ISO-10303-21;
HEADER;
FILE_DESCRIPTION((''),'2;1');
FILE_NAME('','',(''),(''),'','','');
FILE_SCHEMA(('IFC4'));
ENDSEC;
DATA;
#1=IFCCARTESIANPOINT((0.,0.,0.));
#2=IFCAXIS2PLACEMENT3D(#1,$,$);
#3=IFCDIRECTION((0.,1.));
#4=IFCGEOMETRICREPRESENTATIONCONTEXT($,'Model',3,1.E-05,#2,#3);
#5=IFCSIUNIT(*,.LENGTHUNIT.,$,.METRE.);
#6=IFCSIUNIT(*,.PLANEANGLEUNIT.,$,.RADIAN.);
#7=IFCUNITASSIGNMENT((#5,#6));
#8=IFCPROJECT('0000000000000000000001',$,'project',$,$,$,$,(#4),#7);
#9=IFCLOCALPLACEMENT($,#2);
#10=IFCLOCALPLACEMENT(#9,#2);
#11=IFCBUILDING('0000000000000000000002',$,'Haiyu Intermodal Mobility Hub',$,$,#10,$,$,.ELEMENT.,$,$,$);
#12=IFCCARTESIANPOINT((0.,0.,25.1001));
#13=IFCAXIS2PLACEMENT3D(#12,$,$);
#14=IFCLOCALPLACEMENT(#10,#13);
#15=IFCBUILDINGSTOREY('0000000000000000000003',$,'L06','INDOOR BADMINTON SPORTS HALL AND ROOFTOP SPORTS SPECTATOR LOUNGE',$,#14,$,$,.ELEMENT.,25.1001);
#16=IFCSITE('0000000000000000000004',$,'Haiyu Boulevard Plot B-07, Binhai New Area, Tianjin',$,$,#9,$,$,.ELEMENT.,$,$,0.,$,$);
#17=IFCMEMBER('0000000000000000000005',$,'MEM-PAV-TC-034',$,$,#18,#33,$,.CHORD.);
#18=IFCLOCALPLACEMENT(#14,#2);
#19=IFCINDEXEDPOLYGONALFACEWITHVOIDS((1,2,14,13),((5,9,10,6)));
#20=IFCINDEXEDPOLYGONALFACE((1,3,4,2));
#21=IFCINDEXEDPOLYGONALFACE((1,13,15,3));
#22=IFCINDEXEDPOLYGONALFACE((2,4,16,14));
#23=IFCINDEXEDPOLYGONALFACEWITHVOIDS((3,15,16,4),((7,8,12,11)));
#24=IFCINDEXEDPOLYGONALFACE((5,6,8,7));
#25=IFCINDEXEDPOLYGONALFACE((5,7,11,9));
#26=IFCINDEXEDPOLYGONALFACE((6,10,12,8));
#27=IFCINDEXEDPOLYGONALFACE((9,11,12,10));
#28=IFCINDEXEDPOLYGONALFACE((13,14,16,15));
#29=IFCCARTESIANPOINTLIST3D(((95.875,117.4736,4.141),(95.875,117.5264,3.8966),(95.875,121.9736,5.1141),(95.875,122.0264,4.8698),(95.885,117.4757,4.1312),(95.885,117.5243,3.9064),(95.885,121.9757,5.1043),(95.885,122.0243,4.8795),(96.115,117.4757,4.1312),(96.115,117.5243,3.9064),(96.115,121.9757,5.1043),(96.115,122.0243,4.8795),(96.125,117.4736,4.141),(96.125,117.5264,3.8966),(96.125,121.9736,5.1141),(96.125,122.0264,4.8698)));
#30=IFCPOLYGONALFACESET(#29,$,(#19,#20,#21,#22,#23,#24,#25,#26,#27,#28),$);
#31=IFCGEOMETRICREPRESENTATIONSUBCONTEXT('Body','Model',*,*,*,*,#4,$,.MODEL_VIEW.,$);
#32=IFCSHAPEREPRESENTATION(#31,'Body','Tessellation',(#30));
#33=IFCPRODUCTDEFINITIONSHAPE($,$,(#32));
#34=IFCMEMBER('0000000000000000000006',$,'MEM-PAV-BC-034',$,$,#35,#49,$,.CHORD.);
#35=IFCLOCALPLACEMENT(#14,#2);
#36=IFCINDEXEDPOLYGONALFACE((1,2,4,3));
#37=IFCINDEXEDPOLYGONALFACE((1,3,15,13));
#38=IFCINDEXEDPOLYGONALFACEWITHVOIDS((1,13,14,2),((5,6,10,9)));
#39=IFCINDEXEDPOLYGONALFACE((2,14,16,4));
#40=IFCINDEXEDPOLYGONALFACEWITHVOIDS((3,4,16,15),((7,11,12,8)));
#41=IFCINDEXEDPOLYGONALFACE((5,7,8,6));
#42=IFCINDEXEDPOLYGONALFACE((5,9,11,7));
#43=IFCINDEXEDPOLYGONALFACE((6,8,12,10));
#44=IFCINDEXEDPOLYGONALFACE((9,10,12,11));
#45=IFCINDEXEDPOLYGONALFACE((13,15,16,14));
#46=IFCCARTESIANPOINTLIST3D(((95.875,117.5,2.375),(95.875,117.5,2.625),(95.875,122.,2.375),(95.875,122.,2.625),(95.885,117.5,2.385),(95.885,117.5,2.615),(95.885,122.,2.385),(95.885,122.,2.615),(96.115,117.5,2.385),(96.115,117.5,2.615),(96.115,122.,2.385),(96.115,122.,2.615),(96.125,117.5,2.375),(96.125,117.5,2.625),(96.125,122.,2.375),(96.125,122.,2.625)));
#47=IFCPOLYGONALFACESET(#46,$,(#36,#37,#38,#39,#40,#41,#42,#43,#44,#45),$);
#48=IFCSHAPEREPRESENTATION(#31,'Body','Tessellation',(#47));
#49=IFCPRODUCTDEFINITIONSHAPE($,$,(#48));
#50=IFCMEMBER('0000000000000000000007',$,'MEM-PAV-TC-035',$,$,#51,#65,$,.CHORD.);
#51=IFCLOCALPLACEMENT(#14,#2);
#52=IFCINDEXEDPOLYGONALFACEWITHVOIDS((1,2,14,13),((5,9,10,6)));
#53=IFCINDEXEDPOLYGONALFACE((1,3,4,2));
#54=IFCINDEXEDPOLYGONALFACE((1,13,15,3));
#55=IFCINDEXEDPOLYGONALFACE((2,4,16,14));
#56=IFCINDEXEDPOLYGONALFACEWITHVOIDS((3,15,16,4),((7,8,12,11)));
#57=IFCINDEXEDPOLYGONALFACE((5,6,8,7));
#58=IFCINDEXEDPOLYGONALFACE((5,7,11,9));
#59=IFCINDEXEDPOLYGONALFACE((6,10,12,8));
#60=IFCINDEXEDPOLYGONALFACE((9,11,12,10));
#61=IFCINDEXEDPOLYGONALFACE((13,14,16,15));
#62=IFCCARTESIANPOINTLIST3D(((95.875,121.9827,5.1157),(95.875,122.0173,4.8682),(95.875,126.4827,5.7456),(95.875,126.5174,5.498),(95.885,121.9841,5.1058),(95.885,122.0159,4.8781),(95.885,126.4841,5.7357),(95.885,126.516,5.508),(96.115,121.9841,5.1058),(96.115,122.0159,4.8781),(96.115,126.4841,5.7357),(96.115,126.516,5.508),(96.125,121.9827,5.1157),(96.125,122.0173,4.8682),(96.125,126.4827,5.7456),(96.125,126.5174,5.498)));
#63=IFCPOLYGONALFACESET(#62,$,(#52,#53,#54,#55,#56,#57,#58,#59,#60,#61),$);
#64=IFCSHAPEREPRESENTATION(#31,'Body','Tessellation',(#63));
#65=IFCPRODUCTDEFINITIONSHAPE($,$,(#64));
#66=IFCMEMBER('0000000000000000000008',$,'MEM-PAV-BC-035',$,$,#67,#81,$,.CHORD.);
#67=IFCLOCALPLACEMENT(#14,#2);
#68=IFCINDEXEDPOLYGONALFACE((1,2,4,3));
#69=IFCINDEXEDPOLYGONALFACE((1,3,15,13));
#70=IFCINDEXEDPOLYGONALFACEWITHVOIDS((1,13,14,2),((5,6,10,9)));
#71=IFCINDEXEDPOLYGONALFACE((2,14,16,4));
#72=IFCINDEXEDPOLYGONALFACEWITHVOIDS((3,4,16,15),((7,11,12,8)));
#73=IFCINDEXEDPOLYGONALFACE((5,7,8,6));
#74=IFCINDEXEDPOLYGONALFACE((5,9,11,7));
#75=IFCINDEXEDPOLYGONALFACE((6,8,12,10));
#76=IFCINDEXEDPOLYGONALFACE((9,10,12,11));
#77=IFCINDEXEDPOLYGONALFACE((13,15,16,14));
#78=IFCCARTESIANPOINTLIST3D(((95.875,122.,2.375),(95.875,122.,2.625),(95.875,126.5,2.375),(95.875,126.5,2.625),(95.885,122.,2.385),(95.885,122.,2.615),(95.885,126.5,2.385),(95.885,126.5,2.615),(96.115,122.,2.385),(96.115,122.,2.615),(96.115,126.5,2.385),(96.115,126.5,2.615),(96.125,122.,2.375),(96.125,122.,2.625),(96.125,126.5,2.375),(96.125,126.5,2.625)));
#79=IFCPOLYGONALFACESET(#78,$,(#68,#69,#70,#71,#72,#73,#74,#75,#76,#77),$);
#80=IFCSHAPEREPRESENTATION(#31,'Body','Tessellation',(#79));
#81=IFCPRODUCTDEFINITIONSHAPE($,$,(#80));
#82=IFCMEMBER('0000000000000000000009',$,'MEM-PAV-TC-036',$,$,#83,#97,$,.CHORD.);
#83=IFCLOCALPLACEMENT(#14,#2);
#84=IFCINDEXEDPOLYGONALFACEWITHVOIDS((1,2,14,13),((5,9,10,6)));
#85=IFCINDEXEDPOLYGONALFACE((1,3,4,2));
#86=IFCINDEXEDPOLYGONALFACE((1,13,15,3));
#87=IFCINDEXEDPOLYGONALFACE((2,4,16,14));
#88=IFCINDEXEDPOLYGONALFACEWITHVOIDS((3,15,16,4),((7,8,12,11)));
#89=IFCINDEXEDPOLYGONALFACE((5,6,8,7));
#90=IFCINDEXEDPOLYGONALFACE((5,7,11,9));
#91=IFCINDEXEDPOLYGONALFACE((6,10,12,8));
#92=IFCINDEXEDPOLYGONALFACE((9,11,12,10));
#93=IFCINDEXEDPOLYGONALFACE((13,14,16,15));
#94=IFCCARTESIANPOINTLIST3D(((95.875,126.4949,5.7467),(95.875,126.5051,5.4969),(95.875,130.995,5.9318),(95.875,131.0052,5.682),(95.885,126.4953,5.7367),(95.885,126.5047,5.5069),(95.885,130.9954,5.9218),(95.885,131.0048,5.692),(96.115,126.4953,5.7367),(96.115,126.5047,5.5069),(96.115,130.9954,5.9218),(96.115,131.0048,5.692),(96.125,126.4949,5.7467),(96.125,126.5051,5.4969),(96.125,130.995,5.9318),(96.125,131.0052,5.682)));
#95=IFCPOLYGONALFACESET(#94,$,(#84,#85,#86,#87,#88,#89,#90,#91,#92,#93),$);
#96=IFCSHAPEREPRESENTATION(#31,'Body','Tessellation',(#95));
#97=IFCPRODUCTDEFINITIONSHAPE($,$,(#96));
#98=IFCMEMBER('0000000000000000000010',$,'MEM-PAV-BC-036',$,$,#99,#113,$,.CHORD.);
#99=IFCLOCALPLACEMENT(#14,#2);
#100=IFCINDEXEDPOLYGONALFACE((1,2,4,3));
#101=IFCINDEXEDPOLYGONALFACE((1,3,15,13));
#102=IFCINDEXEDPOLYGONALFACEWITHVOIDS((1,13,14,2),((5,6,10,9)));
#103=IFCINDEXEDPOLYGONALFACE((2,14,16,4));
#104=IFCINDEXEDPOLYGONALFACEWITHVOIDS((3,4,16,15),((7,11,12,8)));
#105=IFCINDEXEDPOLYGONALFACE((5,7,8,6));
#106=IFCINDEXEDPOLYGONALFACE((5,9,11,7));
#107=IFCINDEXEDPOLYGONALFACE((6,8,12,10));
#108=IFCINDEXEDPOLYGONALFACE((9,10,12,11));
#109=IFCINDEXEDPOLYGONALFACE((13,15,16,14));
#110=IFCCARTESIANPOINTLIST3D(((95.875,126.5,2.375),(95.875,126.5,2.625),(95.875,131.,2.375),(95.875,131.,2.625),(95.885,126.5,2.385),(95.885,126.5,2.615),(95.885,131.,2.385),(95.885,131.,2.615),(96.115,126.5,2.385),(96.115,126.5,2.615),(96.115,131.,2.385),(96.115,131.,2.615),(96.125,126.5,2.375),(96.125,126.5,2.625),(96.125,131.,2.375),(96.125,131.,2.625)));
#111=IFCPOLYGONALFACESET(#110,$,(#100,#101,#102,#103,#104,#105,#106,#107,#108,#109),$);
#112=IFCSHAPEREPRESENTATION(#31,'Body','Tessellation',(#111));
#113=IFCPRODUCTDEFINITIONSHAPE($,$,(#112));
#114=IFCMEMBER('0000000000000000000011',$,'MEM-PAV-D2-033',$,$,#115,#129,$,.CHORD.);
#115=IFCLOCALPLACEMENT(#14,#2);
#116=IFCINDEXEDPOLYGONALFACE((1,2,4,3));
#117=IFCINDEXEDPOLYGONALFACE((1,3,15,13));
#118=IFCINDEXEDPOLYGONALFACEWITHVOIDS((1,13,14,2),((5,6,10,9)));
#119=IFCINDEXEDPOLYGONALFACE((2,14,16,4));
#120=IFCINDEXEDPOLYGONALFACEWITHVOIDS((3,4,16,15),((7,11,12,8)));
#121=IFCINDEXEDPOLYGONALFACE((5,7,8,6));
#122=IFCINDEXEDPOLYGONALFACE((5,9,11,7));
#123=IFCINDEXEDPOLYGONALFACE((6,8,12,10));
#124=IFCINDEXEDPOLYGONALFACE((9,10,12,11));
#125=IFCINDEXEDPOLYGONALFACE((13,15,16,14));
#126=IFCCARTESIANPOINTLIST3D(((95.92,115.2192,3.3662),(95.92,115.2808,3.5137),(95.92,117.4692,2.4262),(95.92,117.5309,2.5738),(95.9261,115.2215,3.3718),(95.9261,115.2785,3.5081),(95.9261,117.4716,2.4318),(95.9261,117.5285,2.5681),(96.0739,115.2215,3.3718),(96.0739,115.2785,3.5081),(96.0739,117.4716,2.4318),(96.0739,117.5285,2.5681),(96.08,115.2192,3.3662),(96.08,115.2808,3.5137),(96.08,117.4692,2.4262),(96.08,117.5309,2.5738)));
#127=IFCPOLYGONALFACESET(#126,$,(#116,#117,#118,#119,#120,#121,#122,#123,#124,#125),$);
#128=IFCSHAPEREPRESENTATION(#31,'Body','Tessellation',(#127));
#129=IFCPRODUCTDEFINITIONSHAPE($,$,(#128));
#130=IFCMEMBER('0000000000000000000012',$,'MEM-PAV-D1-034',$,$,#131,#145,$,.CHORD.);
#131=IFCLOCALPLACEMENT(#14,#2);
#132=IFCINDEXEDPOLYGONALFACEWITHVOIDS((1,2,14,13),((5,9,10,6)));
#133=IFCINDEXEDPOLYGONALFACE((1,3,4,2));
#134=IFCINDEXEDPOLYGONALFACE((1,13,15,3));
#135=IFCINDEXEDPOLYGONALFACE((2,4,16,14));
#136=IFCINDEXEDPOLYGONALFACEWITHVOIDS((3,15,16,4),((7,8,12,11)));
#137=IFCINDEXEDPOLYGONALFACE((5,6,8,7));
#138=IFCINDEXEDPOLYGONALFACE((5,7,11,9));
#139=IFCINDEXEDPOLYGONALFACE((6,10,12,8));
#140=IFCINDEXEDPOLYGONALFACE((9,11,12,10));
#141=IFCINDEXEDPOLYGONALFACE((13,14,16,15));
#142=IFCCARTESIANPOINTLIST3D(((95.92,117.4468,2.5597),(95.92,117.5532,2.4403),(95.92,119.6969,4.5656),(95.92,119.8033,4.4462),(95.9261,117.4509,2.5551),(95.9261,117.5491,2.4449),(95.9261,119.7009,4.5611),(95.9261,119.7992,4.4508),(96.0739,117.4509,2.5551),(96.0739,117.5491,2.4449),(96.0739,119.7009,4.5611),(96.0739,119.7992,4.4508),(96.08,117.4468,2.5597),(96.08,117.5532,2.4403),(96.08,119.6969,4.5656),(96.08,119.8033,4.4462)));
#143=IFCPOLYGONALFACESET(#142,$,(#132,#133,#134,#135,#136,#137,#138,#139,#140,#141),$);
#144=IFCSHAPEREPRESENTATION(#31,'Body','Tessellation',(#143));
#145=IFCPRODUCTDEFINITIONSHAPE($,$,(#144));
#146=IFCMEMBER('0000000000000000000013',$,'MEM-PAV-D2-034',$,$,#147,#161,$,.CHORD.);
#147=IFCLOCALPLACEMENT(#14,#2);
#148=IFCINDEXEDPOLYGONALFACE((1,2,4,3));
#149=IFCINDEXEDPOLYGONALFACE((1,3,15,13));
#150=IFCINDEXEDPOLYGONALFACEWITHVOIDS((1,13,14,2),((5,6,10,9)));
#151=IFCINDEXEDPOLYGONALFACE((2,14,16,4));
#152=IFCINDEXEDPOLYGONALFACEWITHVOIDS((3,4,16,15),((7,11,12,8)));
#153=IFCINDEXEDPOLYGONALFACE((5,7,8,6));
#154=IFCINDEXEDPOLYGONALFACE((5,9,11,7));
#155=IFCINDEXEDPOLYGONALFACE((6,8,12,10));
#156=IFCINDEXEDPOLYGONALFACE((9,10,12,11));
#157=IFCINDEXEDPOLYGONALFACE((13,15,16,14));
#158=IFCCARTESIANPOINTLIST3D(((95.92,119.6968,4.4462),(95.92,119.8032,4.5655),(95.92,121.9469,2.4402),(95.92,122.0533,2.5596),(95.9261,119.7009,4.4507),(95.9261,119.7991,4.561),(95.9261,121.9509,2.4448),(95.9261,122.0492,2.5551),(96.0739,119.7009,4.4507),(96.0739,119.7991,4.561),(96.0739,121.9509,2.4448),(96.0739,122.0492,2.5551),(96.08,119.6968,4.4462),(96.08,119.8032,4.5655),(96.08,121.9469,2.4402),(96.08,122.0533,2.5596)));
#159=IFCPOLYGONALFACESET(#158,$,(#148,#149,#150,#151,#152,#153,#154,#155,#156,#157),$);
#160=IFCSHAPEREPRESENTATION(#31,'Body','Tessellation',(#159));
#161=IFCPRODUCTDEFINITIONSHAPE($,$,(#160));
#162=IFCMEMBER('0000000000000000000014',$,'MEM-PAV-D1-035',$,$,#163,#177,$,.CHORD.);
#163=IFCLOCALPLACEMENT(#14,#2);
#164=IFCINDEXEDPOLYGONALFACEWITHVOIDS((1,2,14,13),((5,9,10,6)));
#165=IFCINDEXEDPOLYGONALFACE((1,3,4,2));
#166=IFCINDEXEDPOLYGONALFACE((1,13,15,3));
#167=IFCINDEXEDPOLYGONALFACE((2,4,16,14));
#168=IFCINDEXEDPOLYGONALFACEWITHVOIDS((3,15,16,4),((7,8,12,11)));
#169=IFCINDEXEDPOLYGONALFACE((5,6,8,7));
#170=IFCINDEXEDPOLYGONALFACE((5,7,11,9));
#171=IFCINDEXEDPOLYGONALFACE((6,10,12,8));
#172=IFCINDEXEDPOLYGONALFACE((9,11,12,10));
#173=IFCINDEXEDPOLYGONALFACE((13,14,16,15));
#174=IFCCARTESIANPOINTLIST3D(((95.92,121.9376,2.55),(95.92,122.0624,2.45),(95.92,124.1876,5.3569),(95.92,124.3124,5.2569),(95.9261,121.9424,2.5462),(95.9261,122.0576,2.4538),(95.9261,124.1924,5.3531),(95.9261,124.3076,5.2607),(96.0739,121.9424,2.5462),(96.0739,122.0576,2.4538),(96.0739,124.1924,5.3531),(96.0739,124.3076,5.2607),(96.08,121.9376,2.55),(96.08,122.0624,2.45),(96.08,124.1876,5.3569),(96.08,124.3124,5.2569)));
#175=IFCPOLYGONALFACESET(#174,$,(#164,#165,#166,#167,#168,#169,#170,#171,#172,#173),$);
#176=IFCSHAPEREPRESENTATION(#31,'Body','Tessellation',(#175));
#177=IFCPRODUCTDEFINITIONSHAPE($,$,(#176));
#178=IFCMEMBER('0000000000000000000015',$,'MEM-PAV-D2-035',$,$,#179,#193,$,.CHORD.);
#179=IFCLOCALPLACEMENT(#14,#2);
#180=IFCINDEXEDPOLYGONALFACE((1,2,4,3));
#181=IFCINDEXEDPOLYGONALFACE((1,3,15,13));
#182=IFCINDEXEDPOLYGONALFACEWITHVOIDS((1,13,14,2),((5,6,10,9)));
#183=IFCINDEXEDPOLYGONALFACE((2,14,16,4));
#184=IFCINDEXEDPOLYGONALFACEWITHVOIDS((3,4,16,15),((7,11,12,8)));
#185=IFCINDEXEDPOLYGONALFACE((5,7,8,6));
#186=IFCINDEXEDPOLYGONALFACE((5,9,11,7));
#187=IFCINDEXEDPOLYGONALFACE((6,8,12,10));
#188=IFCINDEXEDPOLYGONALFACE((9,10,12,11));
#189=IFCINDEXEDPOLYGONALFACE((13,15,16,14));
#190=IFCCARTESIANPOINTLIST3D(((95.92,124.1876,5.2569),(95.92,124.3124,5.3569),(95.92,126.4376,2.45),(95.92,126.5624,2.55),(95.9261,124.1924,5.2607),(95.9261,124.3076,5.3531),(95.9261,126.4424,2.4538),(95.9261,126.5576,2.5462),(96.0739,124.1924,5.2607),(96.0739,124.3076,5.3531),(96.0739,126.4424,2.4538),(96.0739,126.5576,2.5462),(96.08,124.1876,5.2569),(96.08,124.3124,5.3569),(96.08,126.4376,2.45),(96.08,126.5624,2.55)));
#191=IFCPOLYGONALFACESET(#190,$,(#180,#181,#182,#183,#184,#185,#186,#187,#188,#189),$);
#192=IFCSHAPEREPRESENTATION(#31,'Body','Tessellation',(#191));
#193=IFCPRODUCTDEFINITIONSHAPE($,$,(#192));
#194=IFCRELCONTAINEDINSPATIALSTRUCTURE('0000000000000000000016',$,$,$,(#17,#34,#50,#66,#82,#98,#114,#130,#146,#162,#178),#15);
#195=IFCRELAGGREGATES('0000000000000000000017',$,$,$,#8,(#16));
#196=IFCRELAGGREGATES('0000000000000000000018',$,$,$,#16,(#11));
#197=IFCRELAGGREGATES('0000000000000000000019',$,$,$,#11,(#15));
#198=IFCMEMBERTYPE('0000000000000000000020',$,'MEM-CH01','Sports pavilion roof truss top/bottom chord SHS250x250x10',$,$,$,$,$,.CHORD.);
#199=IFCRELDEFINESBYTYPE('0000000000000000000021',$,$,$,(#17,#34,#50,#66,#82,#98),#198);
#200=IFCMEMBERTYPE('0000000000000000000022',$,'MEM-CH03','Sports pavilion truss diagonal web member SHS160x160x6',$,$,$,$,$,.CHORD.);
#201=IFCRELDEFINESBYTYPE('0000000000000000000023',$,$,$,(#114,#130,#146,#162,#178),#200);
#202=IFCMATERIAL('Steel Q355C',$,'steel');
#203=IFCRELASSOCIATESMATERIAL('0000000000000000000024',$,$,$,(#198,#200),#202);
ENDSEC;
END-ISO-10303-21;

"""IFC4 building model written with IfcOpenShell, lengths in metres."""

from ifc_helpers import new_model, si_unit, direction, frame, origin, origin_2d, place, context, subcontext, project, spatial, hollow_rectangle, extrude, material, material_profile, profile_set, type_object, element, save


model = new_model("IFC4")

# Units and contexts
model_context = context("Model", 3, precision=1e-05, world=origin(), true_north=direction((0.0, 1.0)))
body_context = subcontext(model_context, "Body", "Model", "MODEL_VIEW")
ifc_project = project(units=[si_unit("LENGTHUNIT", "METRE"), si_unit("PLANEANGLEUNIT", "RADIAN")], contexts=[model_context])

# Site, building, storey
site_placement = place(None, origin())
site = spatial("IfcSite", under=ifc_project, at=site_placement, Name="Haiyu Boulevard Plot B-07, Binhai New Area, Tianjin", CompositionType="ELEMENT", RefElevation=0.0)
building_placement = place(site_placement, origin())
building = spatial("IfcBuilding", under=site, at=building_placement, Name="Haiyu Intermodal Mobility Hub", CompositionType="ELEMENT")
storey_placement = place(building_placement, frame((0.0, 0.0, 25.1001)))
storey = spatial("IfcBuildingStorey", under=building, at=storey_placement, Name="L06", Description="INDOOR BADMINTON SPORTS HALL AND ROOFTOP SPORTS SPECTATOR LOUNGE", CompositionType="ELEMENT", Elevation=25.1001)

# Shared definitions
ifc_material_1 = material(Name="Steel Q355C", Category="steel")

# Members
ifc_material_profile_1 = material_profile(ifc_material_1, hollow_rectangle(XDim=0.25, YDim=0.25, WallThickness=0.01, at=origin_2d()), Name="SHS250x250x10")
ifc_profile_set_1 = profile_set([ifc_material_profile_1], Name="Steel Q355C")
member_type_1 = type_object("IfcMemberType", Name="MEM-CH01", Description="Sports pavilion roof truss top/bottom chord SHS250x250x10", PredefinedType="CHORD", material=ifc_profile_set_1)
member_1_placement = place(storey_placement, frame((96.0, 117.5, 4.0188), z_axis=(0.0, 0.977406, 0.211368), x_axis=(-1.0, 0.0, 0.0)))
element("IfcMember", 1, at=member_1_placement, inside=storey, type_object=member_type_1, Name="MEM-PAV-TC-034", PredefinedType="CHORD", context=body_context, shape_type="SweptSolid", body=[
    extrude(hollow_rectangle(XDim=0.25, YDim=0.25, WallThickness=0.01, at=origin_2d()), origin(), (0.0, 0.0, 1.0), 4.604),
])
member_2_placement = place(storey_placement, frame((96.0, 117.5, 2.5), z_axis=(0.0, 1.0, 0.0), x_axis=(-1.0, 0.0, 0.0)))
element("IfcMember", 2, at=member_2_placement, inside=storey, type_object=member_type_1, Name="MEM-PAV-BC-034", PredefinedType="CHORD", context=body_context, shape_type="SweptSolid", body=[
    extrude(hollow_rectangle(XDim=0.25, YDim=0.25, WallThickness=0.01, at=origin_2d()), origin(), (0.0, 0.0, 1.0), 4.5),
])
member_3_placement = place(storey_placement, frame((96.0, 122.0, 4.9919), z_axis=(0.0, 0.990345, 0.138623), x_axis=(-1.0, 0.0, 0.0)))
element("IfcMember", 3, at=member_3_placement, inside=storey, type_object=member_type_1, Name="MEM-PAV-TC-035", PredefinedType="CHORD", context=body_context, shape_type="SweptSolid", body=[
    extrude(hollow_rectangle(XDim=0.25, YDim=0.25, WallThickness=0.01, at=origin_2d()), origin(), (0.0, 0.0, 1.0), 4.5439),
])
member_4_placement = place(storey_placement, frame((96.0, 122.0, 2.5), z_axis=(0.0, 1.0, 0.0), x_axis=(-1.0, 0.0, 0.0)))
element("IfcMember", 4, at=member_4_placement, inside=storey, type_object=member_type_1, Name="MEM-PAV-BC-035", PredefinedType="CHORD", context=body_context, shape_type="SweptSolid", body=[
    extrude(hollow_rectangle(XDim=0.25, YDim=0.25, WallThickness=0.01, at=origin_2d()), origin(), (0.0, 0.0, 1.0), 4.5),
])
member_5_placement = place(storey_placement, frame((96.0, 126.5, 5.6218), z_axis=(0.0, 0.999155, 0.041089), x_axis=(-1.0, 0.0, 0.0)))
element("IfcMember", 5, at=member_5_placement, inside=storey, type_object=member_type_1, Name="MEM-PAV-TC-036", PredefinedType="CHORD", context=body_context, shape_type="SweptSolid", body=[
    extrude(hollow_rectangle(XDim=0.25, YDim=0.25, WallThickness=0.01, at=origin_2d()), origin(), (0.0, 0.0, 1.0), 4.5039),
])
member_6_placement = place(storey_placement, frame((96.0, 126.5, 2.5), z_axis=(0.0, 1.0, 0.0), x_axis=(-1.0, 0.0, 0.0)))
element("IfcMember", 6, at=member_6_placement, inside=storey, type_object=member_type_1, Name="MEM-PAV-BC-036", PredefinedType="CHORD", context=body_context, shape_type="SweptSolid", body=[
    extrude(hollow_rectangle(XDim=0.25, YDim=0.25, WallThickness=0.01, at=origin_2d()), origin(), (0.0, 0.0, 1.0), 4.5),
])
ifc_material_profile_2 = material_profile(ifc_material_1, hollow_rectangle(XDim=0.1599, YDim=0.1599, WallThickness=0.0061, at=origin_2d()), Name="SHS160x160x6")
ifc_profile_set_2 = profile_set([ifc_material_profile_2], Name="Steel Q355C")
member_type_2 = type_object("IfcMemberType", Name="MEM-CH03", Description="Sports pavilion truss diagonal web member SHS160x160x6", PredefinedType="CHORD", material=ifc_profile_set_2)
member_7_placement = place(storey_placement, frame((96.0, 115.25, 3.4399), z_axis=(0.0, 0.922721, -0.385468), x_axis=(-1.0, 0.0, 0.0)))
element("IfcMember", 7, at=member_7_placement, inside=storey, type_object=member_type_2, Name="MEM-PAV-D2-033", PredefinedType="CHORD", context=body_context, shape_type="SweptSolid", body=[
    extrude(hollow_rectangle(XDim=0.1599, YDim=0.1599, WallThickness=0.0061, at=origin_2d()), origin(), (0.0, 0.0, 1.0), 2.4385),
])
for number, where, z_axis, x_axis, name in (
    (8, (96.0, 117.5, 2.5), (0.0, 0.746443, 0.665449), (-1.0, 0.0, 0.0), "MEM-PAV-D1-034"),
    (9, (96.0, 119.75, 4.5059), (0.0, 0.746443, -0.665449), (-1.0, 0.0, 0.0), "MEM-PAV-D2-034"),
):
    element("IfcMember", number, at=place(storey_placement, frame(where, z_axis=z_axis, x_axis=x_axis)), inside=storey, type_object=member_type_2, Name=name, PredefinedType="CHORD", context=body_context, shape_type="SweptSolid", body=[
        extrude(hollow_rectangle(XDim=0.1599, YDim=0.1599, WallThickness=0.0061, at=origin_2d()), origin(), (0.0, 0.0, 1.0), 3.0144),
    ])
for number, where, z_axis, x_axis, name in (
    (10, (96.0, 122.0, 2.5), (0.0, 0.625456, 0.780259), (-1.0, 0.0, 0.0), "MEM-PAV-D1-035"),
    (11, (96.0, 124.25, 5.3069), (0.0, 0.625456, -0.780259), (-1.0, 0.0, 0.0), "MEM-PAV-D2-035"),
):
    element("IfcMember", number, at=place(storey_placement, frame(where, z_axis=z_axis, x_axis=x_axis)), inside=storey, type_object=member_type_2, Name=name, PredefinedType="CHORD", context=body_context, shape_type="SweptSolid", body=[
        extrude(hollow_rectangle(XDim=0.1599, YDim=0.1599, WallThickness=0.0061, at=origin_2d()), origin(), (0.0, 0.0, 1.0), 3.5974),
    ])

save(model, "model.ifc")
